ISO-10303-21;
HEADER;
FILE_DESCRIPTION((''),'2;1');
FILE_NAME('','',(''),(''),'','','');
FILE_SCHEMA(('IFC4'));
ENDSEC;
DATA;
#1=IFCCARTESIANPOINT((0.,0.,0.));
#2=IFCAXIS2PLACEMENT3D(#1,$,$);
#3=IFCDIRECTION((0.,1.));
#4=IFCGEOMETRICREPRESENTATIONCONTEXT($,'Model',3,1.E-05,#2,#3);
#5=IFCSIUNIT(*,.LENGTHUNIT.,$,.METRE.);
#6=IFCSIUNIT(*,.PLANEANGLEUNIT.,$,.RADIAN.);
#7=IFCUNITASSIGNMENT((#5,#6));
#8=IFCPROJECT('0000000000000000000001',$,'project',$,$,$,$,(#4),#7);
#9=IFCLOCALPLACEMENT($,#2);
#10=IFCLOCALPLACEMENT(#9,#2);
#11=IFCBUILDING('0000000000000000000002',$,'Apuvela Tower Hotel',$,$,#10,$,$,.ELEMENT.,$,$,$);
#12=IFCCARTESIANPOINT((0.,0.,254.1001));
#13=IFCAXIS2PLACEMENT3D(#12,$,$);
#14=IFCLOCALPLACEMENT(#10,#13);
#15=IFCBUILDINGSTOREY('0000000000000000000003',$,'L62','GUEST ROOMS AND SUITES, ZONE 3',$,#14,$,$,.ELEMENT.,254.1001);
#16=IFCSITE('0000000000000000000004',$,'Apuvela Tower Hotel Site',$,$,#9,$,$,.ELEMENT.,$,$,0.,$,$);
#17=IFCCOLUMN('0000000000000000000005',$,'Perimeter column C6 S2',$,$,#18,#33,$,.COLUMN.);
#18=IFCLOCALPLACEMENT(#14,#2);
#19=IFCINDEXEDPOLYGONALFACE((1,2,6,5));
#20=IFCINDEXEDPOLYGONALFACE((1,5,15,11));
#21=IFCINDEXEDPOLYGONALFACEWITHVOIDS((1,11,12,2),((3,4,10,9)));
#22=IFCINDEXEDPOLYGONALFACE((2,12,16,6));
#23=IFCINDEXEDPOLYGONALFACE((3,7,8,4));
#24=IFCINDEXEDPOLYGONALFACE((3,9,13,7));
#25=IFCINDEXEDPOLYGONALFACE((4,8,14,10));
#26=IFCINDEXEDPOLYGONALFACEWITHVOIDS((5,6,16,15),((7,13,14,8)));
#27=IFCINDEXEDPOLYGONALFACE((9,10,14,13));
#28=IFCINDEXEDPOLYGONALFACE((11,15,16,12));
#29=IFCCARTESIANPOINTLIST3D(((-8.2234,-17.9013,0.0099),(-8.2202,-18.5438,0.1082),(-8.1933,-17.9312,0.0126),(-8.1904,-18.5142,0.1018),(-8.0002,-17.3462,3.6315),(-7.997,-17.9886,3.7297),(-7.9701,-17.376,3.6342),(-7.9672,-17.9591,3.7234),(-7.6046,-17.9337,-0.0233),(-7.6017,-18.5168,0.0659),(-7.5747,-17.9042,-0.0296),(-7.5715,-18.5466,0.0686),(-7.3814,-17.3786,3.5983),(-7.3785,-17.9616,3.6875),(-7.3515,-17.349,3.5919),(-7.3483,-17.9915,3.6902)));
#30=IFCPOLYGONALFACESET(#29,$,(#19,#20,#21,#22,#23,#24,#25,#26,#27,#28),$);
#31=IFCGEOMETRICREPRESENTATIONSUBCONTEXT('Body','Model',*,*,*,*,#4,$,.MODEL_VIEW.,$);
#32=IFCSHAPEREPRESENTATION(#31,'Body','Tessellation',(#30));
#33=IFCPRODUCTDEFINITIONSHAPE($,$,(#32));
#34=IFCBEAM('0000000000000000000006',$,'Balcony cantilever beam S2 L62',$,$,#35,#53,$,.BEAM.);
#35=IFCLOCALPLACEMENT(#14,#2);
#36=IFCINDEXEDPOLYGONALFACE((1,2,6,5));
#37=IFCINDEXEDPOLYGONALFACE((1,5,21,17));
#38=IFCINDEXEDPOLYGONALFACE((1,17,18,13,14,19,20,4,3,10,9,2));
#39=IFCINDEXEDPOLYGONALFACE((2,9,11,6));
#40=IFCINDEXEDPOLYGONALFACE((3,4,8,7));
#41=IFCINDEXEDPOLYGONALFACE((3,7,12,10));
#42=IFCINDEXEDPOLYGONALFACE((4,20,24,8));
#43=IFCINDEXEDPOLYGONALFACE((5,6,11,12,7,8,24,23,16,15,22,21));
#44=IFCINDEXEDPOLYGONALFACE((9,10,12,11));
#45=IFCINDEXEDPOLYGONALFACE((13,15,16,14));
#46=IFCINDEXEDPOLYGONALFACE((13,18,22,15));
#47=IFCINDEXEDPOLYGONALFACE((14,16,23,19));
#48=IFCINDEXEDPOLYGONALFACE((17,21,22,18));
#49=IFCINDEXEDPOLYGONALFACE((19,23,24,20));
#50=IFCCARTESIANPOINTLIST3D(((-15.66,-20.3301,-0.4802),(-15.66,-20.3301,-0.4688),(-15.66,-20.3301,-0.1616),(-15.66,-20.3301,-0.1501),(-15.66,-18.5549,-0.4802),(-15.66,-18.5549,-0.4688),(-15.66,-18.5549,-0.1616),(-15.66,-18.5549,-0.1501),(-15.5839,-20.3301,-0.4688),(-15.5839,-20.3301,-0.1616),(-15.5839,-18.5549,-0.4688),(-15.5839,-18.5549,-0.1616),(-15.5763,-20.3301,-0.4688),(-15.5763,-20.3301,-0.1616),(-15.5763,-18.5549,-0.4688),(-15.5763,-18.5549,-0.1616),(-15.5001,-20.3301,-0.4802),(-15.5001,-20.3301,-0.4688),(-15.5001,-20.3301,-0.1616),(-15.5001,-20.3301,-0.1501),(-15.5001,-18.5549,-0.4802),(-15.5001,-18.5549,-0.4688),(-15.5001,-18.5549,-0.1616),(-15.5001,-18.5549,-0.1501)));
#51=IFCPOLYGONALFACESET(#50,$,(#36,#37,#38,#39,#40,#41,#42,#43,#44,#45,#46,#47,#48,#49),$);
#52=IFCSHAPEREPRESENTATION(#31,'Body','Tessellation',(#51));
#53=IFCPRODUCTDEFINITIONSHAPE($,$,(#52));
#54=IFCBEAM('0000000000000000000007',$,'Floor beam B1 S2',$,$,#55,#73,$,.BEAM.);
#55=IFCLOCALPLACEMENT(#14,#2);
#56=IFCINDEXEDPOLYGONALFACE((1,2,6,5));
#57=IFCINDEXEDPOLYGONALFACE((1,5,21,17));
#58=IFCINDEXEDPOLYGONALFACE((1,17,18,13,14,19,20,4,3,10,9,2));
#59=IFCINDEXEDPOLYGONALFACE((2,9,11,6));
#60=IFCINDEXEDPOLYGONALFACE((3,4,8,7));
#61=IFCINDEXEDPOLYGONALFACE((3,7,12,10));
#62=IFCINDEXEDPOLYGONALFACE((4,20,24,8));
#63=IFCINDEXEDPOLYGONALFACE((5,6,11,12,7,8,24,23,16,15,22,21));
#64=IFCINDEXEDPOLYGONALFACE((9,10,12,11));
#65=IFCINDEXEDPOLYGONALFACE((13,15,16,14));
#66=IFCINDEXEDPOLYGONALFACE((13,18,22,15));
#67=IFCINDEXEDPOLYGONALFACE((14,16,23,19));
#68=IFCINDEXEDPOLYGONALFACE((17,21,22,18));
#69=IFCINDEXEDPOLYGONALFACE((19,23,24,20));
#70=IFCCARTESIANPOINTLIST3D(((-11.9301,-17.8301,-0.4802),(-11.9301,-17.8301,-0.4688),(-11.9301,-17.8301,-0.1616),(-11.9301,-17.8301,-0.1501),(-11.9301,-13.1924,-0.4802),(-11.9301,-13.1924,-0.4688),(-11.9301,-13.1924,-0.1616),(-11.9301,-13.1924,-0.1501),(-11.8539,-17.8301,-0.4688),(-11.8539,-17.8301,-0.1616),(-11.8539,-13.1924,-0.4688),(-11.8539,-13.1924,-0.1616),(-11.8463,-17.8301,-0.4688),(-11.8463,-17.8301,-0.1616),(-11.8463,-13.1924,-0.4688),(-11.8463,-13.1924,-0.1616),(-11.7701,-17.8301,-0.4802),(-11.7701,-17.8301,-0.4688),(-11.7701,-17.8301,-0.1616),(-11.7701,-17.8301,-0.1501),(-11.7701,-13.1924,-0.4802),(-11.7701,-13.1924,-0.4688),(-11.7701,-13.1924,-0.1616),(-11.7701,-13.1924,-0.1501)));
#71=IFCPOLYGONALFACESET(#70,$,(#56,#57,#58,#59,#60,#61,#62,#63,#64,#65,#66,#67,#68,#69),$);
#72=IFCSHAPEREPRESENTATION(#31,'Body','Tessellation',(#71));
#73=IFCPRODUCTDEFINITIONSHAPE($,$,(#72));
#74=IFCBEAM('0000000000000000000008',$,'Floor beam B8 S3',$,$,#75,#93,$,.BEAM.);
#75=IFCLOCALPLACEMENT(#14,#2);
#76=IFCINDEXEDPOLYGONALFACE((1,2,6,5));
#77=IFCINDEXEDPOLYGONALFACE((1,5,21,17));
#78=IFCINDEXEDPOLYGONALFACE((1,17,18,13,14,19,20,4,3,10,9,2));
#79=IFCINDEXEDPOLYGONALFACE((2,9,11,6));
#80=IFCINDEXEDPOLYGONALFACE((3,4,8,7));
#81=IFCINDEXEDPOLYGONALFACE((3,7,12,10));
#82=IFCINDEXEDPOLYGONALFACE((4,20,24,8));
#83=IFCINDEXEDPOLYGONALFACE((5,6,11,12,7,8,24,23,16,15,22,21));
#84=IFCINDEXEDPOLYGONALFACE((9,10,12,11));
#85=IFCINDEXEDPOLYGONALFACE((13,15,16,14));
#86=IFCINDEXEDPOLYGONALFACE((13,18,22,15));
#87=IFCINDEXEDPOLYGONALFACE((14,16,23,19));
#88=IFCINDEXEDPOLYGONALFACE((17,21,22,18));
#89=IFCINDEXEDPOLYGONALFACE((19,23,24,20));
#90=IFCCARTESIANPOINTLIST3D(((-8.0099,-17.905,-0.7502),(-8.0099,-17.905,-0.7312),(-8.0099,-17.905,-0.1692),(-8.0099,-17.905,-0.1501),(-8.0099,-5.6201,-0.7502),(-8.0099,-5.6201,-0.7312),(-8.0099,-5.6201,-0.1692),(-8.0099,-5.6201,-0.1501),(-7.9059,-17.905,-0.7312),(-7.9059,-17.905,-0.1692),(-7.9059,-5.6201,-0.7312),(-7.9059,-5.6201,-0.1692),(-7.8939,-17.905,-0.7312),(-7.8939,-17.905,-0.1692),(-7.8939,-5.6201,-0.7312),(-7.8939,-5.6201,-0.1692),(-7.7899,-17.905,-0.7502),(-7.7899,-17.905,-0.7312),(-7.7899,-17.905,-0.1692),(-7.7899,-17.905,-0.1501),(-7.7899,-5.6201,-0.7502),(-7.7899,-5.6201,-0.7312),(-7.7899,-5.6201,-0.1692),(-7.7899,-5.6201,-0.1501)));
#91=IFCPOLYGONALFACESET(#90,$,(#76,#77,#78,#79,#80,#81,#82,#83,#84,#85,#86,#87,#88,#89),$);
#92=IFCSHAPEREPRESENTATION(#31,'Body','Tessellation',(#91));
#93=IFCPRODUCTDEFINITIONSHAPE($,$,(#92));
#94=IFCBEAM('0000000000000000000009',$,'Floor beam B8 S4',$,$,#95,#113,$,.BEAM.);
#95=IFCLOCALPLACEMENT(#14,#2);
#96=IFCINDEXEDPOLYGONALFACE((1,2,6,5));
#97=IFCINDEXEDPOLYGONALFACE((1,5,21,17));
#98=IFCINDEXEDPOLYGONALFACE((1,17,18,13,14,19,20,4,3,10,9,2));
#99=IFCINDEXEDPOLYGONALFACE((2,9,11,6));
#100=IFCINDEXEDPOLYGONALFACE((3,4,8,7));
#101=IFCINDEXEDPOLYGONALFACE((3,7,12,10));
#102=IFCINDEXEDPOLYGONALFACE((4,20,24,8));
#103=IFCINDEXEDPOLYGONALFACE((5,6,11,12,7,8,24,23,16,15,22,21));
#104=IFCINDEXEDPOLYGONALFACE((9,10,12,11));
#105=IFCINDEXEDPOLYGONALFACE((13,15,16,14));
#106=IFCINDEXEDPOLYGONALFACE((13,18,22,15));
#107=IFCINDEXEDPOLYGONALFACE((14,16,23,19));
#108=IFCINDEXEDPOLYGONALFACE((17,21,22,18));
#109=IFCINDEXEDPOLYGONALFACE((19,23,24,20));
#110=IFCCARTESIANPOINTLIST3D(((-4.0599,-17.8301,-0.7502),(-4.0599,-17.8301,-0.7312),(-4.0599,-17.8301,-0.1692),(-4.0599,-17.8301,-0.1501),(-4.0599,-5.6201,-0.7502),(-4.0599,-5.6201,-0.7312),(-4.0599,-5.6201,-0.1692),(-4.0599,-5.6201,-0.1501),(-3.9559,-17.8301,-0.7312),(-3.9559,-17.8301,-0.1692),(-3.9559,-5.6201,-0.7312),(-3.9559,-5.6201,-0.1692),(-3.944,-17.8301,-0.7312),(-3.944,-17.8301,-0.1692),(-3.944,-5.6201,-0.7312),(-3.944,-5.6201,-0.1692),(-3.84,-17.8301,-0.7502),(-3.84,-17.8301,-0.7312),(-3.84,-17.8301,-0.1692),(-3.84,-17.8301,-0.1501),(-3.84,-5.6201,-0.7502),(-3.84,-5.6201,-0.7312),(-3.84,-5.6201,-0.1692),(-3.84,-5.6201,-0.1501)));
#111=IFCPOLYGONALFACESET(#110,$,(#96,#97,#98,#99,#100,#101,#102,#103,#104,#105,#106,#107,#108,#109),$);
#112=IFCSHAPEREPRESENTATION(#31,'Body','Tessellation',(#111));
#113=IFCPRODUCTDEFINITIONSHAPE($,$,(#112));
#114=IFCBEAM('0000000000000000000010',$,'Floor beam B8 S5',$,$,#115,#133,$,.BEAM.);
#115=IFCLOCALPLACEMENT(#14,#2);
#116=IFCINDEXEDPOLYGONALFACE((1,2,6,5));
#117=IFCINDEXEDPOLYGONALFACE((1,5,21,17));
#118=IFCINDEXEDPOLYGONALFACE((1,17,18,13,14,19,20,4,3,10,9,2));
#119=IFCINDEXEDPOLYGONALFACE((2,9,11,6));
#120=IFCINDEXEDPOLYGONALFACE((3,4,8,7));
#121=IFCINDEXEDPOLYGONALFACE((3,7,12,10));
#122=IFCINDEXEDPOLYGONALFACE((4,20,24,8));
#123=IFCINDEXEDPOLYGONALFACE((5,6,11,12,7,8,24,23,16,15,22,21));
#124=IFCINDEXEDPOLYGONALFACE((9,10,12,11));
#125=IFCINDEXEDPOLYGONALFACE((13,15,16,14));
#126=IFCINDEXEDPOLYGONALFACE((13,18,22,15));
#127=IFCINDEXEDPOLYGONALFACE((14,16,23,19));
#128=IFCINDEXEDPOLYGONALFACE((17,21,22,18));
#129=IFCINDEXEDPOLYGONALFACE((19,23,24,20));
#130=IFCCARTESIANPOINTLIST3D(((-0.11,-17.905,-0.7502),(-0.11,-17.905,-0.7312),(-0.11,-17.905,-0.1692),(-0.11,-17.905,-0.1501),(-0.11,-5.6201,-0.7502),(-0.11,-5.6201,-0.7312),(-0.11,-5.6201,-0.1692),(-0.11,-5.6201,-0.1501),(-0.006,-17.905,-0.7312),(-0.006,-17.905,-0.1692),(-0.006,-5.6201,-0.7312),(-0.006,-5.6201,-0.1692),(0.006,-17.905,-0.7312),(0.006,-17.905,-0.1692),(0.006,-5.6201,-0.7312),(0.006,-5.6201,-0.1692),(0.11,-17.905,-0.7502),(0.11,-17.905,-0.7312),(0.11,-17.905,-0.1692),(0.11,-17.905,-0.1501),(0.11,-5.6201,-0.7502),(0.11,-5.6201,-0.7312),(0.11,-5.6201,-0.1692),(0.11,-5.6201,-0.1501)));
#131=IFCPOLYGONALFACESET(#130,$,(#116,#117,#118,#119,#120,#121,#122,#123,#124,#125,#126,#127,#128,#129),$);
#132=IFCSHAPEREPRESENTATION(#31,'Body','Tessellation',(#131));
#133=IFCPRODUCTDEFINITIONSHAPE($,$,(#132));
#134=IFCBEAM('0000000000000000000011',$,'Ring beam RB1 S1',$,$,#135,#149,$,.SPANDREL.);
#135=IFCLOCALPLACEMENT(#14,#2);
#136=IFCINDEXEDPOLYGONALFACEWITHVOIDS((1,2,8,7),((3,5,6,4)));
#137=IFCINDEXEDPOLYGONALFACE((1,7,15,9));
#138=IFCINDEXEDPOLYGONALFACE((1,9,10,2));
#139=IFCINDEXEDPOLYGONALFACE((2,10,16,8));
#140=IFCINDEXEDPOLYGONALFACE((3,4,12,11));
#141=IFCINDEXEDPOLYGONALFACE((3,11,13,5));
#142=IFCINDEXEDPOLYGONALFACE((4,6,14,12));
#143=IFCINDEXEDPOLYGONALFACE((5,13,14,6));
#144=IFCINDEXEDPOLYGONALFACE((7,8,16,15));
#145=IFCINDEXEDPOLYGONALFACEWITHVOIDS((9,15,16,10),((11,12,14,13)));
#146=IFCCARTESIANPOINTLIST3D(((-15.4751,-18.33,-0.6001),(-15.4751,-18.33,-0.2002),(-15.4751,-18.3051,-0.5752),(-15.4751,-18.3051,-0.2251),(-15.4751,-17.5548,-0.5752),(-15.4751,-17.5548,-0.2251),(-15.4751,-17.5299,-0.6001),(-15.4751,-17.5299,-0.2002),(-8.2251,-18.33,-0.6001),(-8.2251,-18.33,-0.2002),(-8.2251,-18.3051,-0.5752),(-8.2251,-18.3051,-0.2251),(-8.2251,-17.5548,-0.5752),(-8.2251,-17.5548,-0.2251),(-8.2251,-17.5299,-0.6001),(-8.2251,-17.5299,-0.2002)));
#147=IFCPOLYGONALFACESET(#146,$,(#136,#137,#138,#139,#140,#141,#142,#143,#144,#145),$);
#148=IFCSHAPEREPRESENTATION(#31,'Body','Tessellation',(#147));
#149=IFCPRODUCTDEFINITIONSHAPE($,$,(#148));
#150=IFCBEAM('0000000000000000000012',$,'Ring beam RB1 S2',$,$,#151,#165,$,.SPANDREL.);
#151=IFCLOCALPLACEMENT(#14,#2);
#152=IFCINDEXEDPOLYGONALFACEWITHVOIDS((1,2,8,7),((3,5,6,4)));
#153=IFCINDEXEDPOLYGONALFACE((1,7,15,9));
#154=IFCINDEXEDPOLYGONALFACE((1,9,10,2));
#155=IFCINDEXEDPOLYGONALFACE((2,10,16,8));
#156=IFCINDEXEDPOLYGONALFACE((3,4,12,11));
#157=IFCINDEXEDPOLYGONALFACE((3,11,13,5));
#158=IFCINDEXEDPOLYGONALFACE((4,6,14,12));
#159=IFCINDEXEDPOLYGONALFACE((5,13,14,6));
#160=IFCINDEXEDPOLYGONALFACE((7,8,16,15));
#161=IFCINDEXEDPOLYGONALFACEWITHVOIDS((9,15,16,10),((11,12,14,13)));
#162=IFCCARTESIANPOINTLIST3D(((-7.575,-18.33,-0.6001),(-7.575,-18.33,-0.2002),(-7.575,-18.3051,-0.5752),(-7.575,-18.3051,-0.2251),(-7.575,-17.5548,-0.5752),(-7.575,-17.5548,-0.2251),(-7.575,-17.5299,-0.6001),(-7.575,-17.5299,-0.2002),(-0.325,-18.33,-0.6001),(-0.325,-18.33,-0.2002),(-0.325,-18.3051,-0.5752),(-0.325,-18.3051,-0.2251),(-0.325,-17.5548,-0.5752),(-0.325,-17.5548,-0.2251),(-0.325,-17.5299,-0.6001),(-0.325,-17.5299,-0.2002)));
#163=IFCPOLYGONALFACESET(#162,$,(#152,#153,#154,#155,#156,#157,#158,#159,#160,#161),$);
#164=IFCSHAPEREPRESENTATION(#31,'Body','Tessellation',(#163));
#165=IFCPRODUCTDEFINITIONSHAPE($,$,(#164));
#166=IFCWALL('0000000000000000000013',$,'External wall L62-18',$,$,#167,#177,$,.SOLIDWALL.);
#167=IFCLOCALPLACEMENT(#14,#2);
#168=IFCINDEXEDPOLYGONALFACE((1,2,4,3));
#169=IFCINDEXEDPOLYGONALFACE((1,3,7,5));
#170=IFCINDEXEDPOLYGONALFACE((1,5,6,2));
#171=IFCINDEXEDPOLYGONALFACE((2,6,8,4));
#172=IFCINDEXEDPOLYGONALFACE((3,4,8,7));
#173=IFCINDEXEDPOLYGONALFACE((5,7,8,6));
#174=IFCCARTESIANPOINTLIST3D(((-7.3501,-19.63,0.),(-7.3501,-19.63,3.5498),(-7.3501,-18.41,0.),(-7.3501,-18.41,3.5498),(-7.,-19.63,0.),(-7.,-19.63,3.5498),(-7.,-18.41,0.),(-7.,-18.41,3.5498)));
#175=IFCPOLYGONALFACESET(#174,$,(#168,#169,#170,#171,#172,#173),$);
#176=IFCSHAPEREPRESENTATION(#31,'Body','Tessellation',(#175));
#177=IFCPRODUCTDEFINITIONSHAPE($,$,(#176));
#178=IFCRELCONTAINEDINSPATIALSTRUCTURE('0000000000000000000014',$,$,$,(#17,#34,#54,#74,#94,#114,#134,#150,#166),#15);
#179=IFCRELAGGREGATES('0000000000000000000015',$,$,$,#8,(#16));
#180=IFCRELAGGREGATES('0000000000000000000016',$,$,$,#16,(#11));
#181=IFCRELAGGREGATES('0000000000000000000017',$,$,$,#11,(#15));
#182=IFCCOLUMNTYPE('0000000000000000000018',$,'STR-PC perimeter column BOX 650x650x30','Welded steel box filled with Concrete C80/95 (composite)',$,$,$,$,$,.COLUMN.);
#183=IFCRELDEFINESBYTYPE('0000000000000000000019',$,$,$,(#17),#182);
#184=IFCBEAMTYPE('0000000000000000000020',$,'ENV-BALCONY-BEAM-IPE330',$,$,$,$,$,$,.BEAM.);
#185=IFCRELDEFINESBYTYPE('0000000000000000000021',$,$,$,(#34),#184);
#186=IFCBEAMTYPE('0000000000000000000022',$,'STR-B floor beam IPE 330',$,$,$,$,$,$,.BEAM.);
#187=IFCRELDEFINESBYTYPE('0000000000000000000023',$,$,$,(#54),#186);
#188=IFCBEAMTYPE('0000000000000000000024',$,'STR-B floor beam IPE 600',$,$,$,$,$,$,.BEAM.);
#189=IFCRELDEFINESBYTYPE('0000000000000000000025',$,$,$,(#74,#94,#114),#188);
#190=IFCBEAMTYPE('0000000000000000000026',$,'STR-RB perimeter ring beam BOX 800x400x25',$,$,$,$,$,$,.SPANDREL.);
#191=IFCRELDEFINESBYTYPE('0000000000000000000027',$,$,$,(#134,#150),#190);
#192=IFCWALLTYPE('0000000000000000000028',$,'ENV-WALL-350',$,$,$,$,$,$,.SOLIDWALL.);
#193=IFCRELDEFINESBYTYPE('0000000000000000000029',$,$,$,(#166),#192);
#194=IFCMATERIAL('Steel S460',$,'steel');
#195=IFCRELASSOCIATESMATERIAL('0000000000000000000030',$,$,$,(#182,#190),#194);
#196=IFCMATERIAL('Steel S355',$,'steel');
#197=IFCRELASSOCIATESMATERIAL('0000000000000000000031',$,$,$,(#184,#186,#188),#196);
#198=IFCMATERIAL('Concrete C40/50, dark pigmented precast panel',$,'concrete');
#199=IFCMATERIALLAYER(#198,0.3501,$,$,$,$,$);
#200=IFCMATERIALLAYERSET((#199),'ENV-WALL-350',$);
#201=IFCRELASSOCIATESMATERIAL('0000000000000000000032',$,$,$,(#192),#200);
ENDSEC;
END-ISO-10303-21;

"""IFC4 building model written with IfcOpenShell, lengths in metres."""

from ifc_helpers import new_model, si_unit, direction, frame, frame_2d, origin, origin_2d, place, context, subcontext, project, spatial, rectangle, hollow_rectangle, i_section, extrude, boolean, halfspace, material, layer, layer_set, material_profile, profile_set, type_object, element, save


model = new_model("IFC4")

# Units and contexts
model_context = context("Model", 3, precision=1e-05, world=origin(), true_north=direction((0.0, 1.0)))
body_context = subcontext(model_context, "Body", "Model", "MODEL_VIEW")
ifc_project = project(units=[si_unit("LENGTHUNIT", "METRE"), si_unit("PLANEANGLEUNIT", "RADIAN")], contexts=[model_context])

# Site, building, storey
site_placement = place(None, origin())
site = spatial("IfcSite", under=ifc_project, at=site_placement, Name="Apuvela Tower Hotel Site", CompositionType="ELEMENT", RefElevation=0.0)
building_placement = place(site_placement, origin())
building = spatial("IfcBuilding", under=site, at=building_placement, Name="Apuvela Tower Hotel", CompositionType="ELEMENT")
storey_placement = place(building_placement, frame((0.0, 0.0, 254.1001)))
storey = spatial("IfcBuildingStorey", under=building, at=storey_placement, Name="L62", Description="GUEST ROOMS AND SUITES, ZONE 3", CompositionType="ELEMENT", Elevation=254.1001)

# Column
ifc_material_1 = material(Name="Steel S460", Category="steel")
ifc_material_profile_1 = material_profile(ifc_material_1, hollow_rectangle(XDim=0.6499, YDim=0.6499, WallThickness=0.03, at=origin_2d()), Name="BOX 650x650x30")
ifc_material_2 = material(Name="Concrete C80/95", Category="concrete")
ifc_material_profile_2 = material_profile(ifc_material_2, rectangle(XDim=0.5901, YDim=0.5901, at=origin_2d()), Name="Concrete C80/95 infill")
ifc_profile_set_1 = profile_set([ifc_material_profile_1, ifc_material_profile_2], Name="Steel S460")
column_type = type_object("IfcColumnType", Name="STR-PC perimeter column BOX 650x650x30", Description="Welded steel box filled with Concrete C80/95 (composite)", PredefinedType="COLUMN", material=ifc_profile_set_1)
column_1_placement = place(storey_placement, frame((-7.8999, -18.23, 0.0), z_axis=(0.060806, 0.151233, 0.986626), x_axis=(-0.998138, 0.004342, 0.060849)))
element("IfcColumn", 1, at=column_1_placement, inside=storey, type_object=column_type, Name="Perimeter column C6 S2", PredefinedType="COLUMN", context=body_context, shape_type="SweptSolid", body=[
    boolean("DIFFERENCE", boolean("DIFFERENCE", extrude(hollow_rectangle(XDim=0.6499, YDim=0.6499, WallThickness=0.03, at=origin_2d()), origin(), (0.0, 0.0, 1.0), 3.75), halfspace(frame((0.0, 0.0, 0.0398), z_axis=(0.0, 0.0, 1.0), x_axis=(1.0, 0.0, 0.0)), True)), halfspace(frame((0.0, 0.0, 3.7104), z_axis=(0.0, 0.0, 1.0), x_axis=(1.0, 0.0, 0.0)), False)),
])

# Beams
ifc_material_3 = material(Name="Steel S355", Category="steel")
ifc_material_profile_3 = material_profile(ifc_material_3, i_section(OverallWidth=0.1599, OverallDepth=0.3301, WebThickness=0.0076, FlangeThickness=0.0115, at=origin_2d()), Name="IPE 330")
ifc_profile_set_2 = profile_set([ifc_material_profile_3], Name="Steel S355")
beam_type_1 = type_object("IfcBeamType", Name="ENV-BALCONY-BEAM-IPE330", PredefinedType="BEAM", material=ifc_profile_set_2)
beam_1_placement = place(storey_placement, frame((-15.5801, -18.5549, -0.3152), z_axis=(0.0, -1.0, 0.0), x_axis=(1.0, 0.0, 0.0)))
element("IfcBeam", 2, at=beam_1_placement, inside=storey, type_object=beam_type_1, Name="Balcony cantilever beam S2 L62", PredefinedType="BEAM", context=body_context, shape_type="SweptSolid", body=[
    extrude(i_section(OverallWidth=0.1599, OverallDepth=0.3301, WebThickness=0.0076, FlangeThickness=0.0115, at=origin_2d()), origin(), (0.0, 0.0, 1.0), 1.7751),
])
ifc_material_profile_4 = material_profile(ifc_material_3, i_section(OverallWidth=0.1599, OverallDepth=0.3301, WebThickness=0.0076, FlangeThickness=0.0115, at=origin_2d()), Name="IPE 330")
ifc_profile_set_3 = profile_set([ifc_material_profile_4], Name="Steel S355")
beam_type_2 = type_object("IfcBeamType", Name="STR-B floor beam IPE 330", PredefinedType="BEAM", material=ifc_profile_set_3)
beam_2_placement = place(storey_placement, frame((-11.8501, -17.8301, -0.3152), z_axis=(0.0, 1.0, 0.0), x_axis=(-1.0, 0.0, 0.0)))
element("IfcBeam", 3, at=beam_2_placement, inside=storey, type_object=beam_type_2, Name="Floor beam B1 S2", PredefinedType="BEAM", context=body_context, shape_type="SweptSolid", body=[
    extrude(i_section(OverallWidth=0.1599, OverallDepth=0.3301, WebThickness=0.0076, FlangeThickness=0.0115, at=origin_2d()), origin(), (0.0, 0.0, 1.0), 4.6377),
])
ifc_material_profile_5 = material_profile(ifc_material_3, i_section(OverallWidth=0.22, OverallDepth=0.6001, WebThickness=0.012, FlangeThickness=0.019, at=origin_2d()), Name="IPE 600")
ifc_profile_set_4 = profile_set([ifc_material_profile_5], Name="Steel S355")
beam_type_3 = type_object("IfcBeamType", Name="STR-B floor beam IPE 600", PredefinedType="BEAM", material=ifc_profile_set_4)
beam_3_placement = place(storey_placement, frame((-7.8999, -17.905, -0.4502), z_axis=(0.0, 1.0, 0.0), x_axis=(-1.0, 0.0, 0.0)))
element("IfcBeam", 4, at=beam_3_placement, inside=storey, type_object=beam_type_3, Name="Floor beam B8 S3", PredefinedType="BEAM", context=body_context, shape_type="SweptSolid", body=[
    extrude(i_section(OverallWidth=0.22, OverallDepth=0.6001, WebThickness=0.012, FlangeThickness=0.019, at=origin_2d()), origin(), (0.0, 0.0, 1.0), 12.2849),
])
beam_4_placement = place(storey_placement, frame((-3.95, -17.8301, -0.4502), z_axis=(0.0, 1.0, 0.0), x_axis=(-1.0, 0.0, 0.0)))
element("IfcBeam", 5, at=beam_4_placement, inside=storey, type_object=beam_type_3, Name="Floor beam B8 S4", PredefinedType="BEAM", context=body_context, shape_type="SweptSolid", body=[
    extrude(i_section(OverallWidth=0.22, OverallDepth=0.6001, WebThickness=0.012, FlangeThickness=0.019, at=origin_2d()), origin(), (0.0, 0.0, 1.0), 12.21),
])
beam_5_placement = place(storey_placement, frame((0.0, -17.905, -0.4502), z_axis=(0.0, 1.0, 0.0), x_axis=(-1.0, 0.0, 0.0)))
element("IfcBeam", 6, at=beam_5_placement, inside=storey, type_object=beam_type_3, Name="Floor beam B8 S5", PredefinedType="BEAM", context=body_context, shape_type="SweptSolid", body=[
    extrude(i_section(OverallWidth=0.22, OverallDepth=0.6001, WebThickness=0.012, FlangeThickness=0.019, at=origin_2d()), origin(), (0.0, 0.0, 1.0), 12.2849),
])
ifc_material_profile_6 = material_profile(ifc_material_1, hollow_rectangle(XDim=0.8, YDim=0.3999, WallThickness=0.0249, at=origin_2d()), Name="BOX 800x400x25")
ifc_profile_set_5 = profile_set([ifc_material_profile_6], Name="Steel S460")
beam_type_4 = type_object("IfcBeamType", Name="STR-RB perimeter ring beam BOX 800x400x25", PredefinedType="SPANDREL", material=ifc_profile_set_5)
for number, where, z_axis, x_axis, name in (
    (7, (-15.4751, -17.9299, -0.4001), (1.0, 0.0, 0.0), (0.0, 1.0, 0.0), "Ring beam RB1 S1"),
    (8, (-7.575, -17.9299, -0.4001), (1.0, 0.0, 0.0), (0.0, 1.0, 0.0), "Ring beam RB1 S2"),
):
    element("IfcBeam", number, at=place(storey_placement, frame(where, z_axis=z_axis, x_axis=x_axis)), inside=storey, type_object=beam_type_4, Name=name, PredefinedType="SPANDREL", context=body_context, shape_type="SweptSolid", body=[
        extrude(hollow_rectangle(XDim=0.8, YDim=0.3999, WallThickness=0.0249, at=origin_2d()), origin(), (0.0, 0.0, 1.0), 7.25),
    ])

# Wall
ifc_material_4 = material(Name="Concrete C40/50, dark pigmented precast panel", Category="concrete")
ifc_layer_1 = layer(ifc_material_4, 0.3501)
ifc_layer_set_1 = layer_set([ifc_layer_1], Name="ENV-WALL-350")
wall_type_1 = type_object("IfcWallType", Name="ENV-WALL-350", PredefinedType="SOLIDWALL", material=ifc_layer_set_1)
wall_1_placement = place(storey_placement, frame((-7.175, -19.6299, 0.0), z_axis=(0.0, 0.0, 1.0), x_axis=(0.0, 1.0, 0.0)))
element("IfcWall", 9, at=wall_1_placement, inside=storey, type_object=wall_type_1, Name="External wall L62-18", PredefinedType="SOLIDWALL", context=body_context, shape_type="SweptSolid", body=[
    extrude(rectangle(XDim=1.22, YDim=0.3501, at=frame_2d((0.6099, 0.0))), origin(), (0.0, 0.0, 1.0), 3.5498),
])

save(model, "model.ifc")
